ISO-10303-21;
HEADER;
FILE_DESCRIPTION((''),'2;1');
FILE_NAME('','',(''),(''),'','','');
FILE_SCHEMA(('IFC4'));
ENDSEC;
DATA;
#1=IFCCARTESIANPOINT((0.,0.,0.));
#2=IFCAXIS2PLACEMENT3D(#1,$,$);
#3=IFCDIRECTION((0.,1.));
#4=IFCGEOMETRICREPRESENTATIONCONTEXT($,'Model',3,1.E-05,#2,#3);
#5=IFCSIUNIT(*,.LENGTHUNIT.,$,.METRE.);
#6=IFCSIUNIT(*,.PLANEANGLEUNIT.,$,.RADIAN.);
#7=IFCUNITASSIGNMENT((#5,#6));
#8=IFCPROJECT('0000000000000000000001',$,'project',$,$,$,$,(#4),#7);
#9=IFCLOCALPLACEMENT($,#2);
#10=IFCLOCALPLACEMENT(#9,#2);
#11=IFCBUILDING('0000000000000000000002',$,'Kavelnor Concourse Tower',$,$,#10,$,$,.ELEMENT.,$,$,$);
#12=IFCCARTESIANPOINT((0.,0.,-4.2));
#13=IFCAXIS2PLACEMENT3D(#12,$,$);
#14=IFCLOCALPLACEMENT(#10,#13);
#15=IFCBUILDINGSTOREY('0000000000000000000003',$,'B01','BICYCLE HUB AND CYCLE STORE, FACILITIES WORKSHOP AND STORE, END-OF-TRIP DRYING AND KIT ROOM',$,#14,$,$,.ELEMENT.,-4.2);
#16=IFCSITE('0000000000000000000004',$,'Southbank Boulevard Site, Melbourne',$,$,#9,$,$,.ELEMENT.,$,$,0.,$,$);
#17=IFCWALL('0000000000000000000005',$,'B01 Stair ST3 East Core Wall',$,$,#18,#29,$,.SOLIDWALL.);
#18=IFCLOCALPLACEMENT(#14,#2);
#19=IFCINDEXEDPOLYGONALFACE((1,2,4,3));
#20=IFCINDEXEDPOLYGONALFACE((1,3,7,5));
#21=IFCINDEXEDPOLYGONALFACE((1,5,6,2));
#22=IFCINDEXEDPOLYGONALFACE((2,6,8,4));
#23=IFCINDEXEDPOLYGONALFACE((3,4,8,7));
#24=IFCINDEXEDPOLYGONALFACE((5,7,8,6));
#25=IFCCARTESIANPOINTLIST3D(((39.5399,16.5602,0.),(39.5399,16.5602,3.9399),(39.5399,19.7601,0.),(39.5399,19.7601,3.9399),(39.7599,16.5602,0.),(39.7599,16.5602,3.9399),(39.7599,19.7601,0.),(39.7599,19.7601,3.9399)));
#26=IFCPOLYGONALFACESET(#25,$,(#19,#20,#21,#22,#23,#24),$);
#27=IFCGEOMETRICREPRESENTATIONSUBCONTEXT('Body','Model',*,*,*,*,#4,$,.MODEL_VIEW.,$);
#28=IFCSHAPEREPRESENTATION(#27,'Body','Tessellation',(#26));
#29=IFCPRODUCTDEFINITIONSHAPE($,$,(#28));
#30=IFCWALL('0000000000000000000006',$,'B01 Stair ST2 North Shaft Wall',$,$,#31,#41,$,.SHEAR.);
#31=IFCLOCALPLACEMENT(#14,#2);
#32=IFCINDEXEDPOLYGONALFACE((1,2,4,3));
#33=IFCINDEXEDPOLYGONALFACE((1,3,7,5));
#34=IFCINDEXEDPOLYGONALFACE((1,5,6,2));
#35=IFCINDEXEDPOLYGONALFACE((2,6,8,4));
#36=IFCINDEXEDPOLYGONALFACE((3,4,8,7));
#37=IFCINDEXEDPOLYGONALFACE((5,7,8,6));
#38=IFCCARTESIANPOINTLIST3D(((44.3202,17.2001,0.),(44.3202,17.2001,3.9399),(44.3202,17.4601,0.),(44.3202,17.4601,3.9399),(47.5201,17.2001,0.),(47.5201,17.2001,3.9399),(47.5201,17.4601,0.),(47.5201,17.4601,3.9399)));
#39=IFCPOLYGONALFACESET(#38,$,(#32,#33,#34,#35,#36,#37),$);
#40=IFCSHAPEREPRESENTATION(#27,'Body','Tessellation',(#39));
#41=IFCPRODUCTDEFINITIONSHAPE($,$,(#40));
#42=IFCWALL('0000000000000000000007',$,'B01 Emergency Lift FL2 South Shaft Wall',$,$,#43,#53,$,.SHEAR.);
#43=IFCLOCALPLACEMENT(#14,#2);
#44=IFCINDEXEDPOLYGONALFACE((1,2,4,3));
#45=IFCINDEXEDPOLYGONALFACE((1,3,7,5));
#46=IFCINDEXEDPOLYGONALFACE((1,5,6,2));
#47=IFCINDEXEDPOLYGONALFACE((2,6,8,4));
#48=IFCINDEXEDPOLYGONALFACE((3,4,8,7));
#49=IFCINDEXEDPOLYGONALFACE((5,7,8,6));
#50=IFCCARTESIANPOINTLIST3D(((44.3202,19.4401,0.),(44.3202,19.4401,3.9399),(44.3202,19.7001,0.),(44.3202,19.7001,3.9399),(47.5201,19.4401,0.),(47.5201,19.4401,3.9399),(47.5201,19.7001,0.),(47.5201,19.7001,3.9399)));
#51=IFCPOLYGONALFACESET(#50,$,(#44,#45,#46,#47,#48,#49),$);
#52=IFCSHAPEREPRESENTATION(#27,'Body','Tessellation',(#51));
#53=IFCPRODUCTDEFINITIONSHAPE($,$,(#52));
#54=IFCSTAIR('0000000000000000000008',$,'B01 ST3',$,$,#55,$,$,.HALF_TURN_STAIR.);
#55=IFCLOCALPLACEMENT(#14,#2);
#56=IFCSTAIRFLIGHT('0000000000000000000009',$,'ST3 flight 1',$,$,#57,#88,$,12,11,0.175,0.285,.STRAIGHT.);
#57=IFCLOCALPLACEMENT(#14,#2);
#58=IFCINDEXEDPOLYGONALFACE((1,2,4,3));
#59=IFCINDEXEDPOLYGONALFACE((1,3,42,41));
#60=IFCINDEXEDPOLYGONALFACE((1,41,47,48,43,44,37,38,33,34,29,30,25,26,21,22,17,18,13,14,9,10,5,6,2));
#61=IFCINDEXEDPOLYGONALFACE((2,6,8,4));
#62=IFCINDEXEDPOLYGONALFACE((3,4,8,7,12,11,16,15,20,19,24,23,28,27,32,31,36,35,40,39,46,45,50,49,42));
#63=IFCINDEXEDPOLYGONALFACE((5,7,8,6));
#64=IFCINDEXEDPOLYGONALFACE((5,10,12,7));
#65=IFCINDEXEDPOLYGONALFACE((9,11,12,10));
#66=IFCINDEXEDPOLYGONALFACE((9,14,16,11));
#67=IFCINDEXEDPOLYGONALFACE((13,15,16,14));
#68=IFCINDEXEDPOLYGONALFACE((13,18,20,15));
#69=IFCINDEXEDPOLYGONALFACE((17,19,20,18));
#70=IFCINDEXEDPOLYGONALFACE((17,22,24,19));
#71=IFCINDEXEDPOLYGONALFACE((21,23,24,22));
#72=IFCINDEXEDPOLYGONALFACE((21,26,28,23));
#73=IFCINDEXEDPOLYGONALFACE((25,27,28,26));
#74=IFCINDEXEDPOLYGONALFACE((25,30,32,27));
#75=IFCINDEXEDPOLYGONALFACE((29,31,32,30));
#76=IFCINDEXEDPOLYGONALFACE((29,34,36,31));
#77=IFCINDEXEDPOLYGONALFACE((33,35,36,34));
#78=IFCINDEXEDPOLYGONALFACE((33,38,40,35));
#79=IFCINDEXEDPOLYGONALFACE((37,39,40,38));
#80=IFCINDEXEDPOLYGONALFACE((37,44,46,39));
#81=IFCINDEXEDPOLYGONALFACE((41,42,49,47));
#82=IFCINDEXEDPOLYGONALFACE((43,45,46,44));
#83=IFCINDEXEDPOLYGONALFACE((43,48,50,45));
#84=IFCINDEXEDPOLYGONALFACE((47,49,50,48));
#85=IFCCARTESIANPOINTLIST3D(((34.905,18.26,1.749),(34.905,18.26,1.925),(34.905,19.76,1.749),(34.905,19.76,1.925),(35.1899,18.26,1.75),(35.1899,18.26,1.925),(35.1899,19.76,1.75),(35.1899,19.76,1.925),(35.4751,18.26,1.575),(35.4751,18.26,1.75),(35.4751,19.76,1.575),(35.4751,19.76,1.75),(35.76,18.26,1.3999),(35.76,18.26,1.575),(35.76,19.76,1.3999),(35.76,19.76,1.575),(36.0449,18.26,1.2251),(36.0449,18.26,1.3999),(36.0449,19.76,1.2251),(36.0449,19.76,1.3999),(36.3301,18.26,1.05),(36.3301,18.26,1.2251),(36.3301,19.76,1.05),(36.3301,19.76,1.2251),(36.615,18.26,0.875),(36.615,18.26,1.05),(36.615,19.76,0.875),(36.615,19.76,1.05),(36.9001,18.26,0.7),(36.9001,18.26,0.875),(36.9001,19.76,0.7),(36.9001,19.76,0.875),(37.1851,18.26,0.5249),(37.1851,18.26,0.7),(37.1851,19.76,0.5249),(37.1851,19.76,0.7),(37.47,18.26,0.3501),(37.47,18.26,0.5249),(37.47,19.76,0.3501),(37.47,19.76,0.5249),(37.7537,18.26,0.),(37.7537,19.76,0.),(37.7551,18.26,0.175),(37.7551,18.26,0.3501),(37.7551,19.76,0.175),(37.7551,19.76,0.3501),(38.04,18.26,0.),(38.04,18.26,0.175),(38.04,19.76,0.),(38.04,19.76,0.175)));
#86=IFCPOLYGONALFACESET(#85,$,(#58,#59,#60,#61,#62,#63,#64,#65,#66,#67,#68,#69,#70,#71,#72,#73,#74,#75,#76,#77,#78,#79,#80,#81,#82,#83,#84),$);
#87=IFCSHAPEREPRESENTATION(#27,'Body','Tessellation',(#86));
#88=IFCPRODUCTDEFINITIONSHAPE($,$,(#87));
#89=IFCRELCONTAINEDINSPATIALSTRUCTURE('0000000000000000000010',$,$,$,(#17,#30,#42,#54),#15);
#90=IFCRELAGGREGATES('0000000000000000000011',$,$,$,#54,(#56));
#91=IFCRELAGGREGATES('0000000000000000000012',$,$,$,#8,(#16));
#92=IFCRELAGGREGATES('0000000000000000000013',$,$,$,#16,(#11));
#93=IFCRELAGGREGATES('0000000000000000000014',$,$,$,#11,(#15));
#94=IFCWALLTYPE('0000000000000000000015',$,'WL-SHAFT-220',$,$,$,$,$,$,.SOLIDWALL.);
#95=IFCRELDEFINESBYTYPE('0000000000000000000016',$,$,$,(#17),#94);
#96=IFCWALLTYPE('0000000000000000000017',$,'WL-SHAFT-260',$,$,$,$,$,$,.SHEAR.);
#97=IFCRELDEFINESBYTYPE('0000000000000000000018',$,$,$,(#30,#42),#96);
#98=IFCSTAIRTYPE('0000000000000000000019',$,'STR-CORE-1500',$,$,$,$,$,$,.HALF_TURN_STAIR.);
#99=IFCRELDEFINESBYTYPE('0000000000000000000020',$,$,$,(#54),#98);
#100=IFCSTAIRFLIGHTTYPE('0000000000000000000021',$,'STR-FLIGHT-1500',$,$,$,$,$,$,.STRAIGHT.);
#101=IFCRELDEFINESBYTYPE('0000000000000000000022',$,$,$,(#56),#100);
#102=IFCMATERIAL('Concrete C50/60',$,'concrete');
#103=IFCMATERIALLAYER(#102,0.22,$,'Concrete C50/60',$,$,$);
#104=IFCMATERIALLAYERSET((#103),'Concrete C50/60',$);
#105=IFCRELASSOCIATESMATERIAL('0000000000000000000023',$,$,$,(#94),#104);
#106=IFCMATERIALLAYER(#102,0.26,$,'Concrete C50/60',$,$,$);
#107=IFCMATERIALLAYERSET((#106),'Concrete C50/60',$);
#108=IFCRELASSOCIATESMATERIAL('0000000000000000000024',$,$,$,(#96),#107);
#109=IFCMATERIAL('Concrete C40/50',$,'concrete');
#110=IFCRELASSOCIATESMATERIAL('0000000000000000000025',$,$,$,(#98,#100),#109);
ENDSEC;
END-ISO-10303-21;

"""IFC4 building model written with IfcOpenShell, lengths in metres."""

from ifc_helpers import new_model, si_unit, direction, frame, frame_2d, origin, place, context, subcontext, project, spatial, polyline, rectangle, outline, extrude, material, layer, layer_set, type_object, element, aggregate, save


model = new_model("IFC4")

# Units and contexts
model_context = context("Model", 3, precision=1e-05, world=origin(), true_north=direction((0.0, 1.0)))
body_context = subcontext(model_context, "Body", "Model", "MODEL_VIEW")
ifc_project = project(units=[si_unit("LENGTHUNIT", "METRE"), si_unit("PLANEANGLEUNIT", "RADIAN")], contexts=[model_context])

# Site, building, storey
site_placement = place(None, origin())
site = spatial("IfcSite", under=ifc_project, at=site_placement, Name="Southbank Boulevard Site, Melbourne", CompositionType="ELEMENT", RefElevation=0.0)
building_placement = place(site_placement, origin())
building = spatial("IfcBuilding", under=site, at=building_placement, Name="Kavelnor Concourse Tower", CompositionType="ELEMENT")
storey_placement = place(building_placement, frame((0.0, 0.0, -4.2)))
storey = spatial("IfcBuildingStorey", under=building, at=storey_placement, Name="B01", Description="BICYCLE HUB AND CYCLE STORE, FACILITIES WORKSHOP AND STORE, END-OF-TRIP DRYING AND KIT ROOM", CompositionType="ELEMENT", Elevation=-4.2)

# Walls
ifc_material_1 = material(Name="Concrete C50/60", Category="concrete")
ifc_layer_1 = layer(ifc_material_1, 0.22, Name="Concrete C50/60")
ifc_layer_set_1 = layer_set([ifc_layer_1], Name="Concrete C50/60")
wall_type_1 = type_object("IfcWallType", Name="WL-SHAFT-220", PredefinedType="SOLIDWALL", material=ifc_layer_set_1)
wall_1_placement = place(storey_placement, frame((39.6499, 16.5601, 0.0), z_axis=(0.0, 0.0, 1.0), x_axis=(0.0, 1.0, 0.0)))
element("IfcWall", 1, at=wall_1_placement, inside=storey, type_object=wall_type_1, Name="B01 Stair ST3 East Core Wall", PredefinedType="SOLIDWALL", context=body_context, shape_type="SweptSolid", body=[
    extrude(rectangle(XDim=3.2, YDim=0.22, at=frame_2d((1.6001, 0.0))), origin(), (0.0, 0.0, 1.0), 3.9399),
])
ifc_layer_2 = layer(ifc_material_1, 0.26, Name="Concrete C50/60")
ifc_layer_set_2 = layer_set([ifc_layer_2], Name="Concrete C50/60")
wall_type_2 = type_object("IfcWallType", Name="WL-SHAFT-260", PredefinedType="SHEAR", material=ifc_layer_set_2)
for number, where, z_axis, x_axis, name in (
    (2, (44.3201, 17.3301, 0.0), (0.0, 0.0, 1.0), (1.0, 0.0, 0.0), "B01 Stair ST2 North Shaft Wall"),
    (3, (44.3201, 19.5701, 0.0), (0.0, 0.0, 1.0), (1.0, 0.0, 0.0), "B01 Emergency Lift FL2 South Shaft Wall"),
):
    element("IfcWall", number, at=place(storey_placement, frame(where, z_axis=z_axis, x_axis=x_axis)), inside=storey, type_object=wall_type_2, Name=name, PredefinedType="SHEAR", context=body_context, shape_type="SweptSolid", body=[
        extrude(rectangle(XDim=3.2, YDim=0.26, at=frame_2d((1.6001, 0.0))), origin(), (0.0, 0.0, 1.0), 3.9399),
    ])

# Stair, stair flight
ifc_material_2 = material(Name="Concrete C40/50", Category="concrete")
stair_type = type_object("IfcStairType", Name="STR-CORE-1500", PredefinedType="HALF_TURN_STAIR", material=ifc_material_2)
stair_placement = place(storey_placement, origin())
stair = element("IfcStair", 4, at=stair_placement, inside=storey, type_object=stair_type, Name="B01 ST3", PredefinedType="HALF_TURN_STAIR")
stair_flight_type = type_object("IfcStairFlightType", Name="STR-FLIGHT-1500", PredefinedType="STRAIGHT", material=ifc_material_2)
stair_flight_placement = place(storey_placement, frame((38.04, 19.01, 0.0), z_axis=(0.0, 0.0, 1.0), x_axis=(-1.0, 0.0, 0.0)))
stair_flight = element("IfcStairFlight", 5, at=stair_flight_placement, type_object=stair_flight_type, Name="ST3 flight 1", NumberOfRisers=12, NumberOfTreads=11, PredefinedType="STRAIGHT", RiserHeight=0.175, TreadLength=0.285, context=body_context, shape_type="SweptSolid", body=[
    extrude(outline(polyline([(0.0, 0.0), (0.0, 0.175), (0.2849, 0.175), (0.2849, 0.3501), (0.5701, 0.3501), (0.5701, 0.5249), (0.855, 0.5249), (0.855, 0.7), (1.1399, 0.7), (1.1399, 0.875), (1.425, 0.875), (1.425, 1.05), (1.71, 1.05), (1.71, 1.2251), (1.9951, 1.2251), (1.9951, 1.3999), (2.28, 1.3999), (2.28, 1.575), (2.5649, 1.575), (2.5649, 1.75), (2.8501, 1.75), (2.8501, 1.925), (3.135, 1.925), (3.135, 2.1001), (3.135, 1.749), (0.2864, 0.0), (0.0, 0.0)])), frame((0.0, 0.75, 0.0), z_axis=(0.0, -1.0, 0.0), x_axis=(1.0, 0.0, 0.0)), (0.0, 0.0, 1.0), 1.5),
])
aggregate(stair, [stair_flight])

save(model, "model.ifc")
